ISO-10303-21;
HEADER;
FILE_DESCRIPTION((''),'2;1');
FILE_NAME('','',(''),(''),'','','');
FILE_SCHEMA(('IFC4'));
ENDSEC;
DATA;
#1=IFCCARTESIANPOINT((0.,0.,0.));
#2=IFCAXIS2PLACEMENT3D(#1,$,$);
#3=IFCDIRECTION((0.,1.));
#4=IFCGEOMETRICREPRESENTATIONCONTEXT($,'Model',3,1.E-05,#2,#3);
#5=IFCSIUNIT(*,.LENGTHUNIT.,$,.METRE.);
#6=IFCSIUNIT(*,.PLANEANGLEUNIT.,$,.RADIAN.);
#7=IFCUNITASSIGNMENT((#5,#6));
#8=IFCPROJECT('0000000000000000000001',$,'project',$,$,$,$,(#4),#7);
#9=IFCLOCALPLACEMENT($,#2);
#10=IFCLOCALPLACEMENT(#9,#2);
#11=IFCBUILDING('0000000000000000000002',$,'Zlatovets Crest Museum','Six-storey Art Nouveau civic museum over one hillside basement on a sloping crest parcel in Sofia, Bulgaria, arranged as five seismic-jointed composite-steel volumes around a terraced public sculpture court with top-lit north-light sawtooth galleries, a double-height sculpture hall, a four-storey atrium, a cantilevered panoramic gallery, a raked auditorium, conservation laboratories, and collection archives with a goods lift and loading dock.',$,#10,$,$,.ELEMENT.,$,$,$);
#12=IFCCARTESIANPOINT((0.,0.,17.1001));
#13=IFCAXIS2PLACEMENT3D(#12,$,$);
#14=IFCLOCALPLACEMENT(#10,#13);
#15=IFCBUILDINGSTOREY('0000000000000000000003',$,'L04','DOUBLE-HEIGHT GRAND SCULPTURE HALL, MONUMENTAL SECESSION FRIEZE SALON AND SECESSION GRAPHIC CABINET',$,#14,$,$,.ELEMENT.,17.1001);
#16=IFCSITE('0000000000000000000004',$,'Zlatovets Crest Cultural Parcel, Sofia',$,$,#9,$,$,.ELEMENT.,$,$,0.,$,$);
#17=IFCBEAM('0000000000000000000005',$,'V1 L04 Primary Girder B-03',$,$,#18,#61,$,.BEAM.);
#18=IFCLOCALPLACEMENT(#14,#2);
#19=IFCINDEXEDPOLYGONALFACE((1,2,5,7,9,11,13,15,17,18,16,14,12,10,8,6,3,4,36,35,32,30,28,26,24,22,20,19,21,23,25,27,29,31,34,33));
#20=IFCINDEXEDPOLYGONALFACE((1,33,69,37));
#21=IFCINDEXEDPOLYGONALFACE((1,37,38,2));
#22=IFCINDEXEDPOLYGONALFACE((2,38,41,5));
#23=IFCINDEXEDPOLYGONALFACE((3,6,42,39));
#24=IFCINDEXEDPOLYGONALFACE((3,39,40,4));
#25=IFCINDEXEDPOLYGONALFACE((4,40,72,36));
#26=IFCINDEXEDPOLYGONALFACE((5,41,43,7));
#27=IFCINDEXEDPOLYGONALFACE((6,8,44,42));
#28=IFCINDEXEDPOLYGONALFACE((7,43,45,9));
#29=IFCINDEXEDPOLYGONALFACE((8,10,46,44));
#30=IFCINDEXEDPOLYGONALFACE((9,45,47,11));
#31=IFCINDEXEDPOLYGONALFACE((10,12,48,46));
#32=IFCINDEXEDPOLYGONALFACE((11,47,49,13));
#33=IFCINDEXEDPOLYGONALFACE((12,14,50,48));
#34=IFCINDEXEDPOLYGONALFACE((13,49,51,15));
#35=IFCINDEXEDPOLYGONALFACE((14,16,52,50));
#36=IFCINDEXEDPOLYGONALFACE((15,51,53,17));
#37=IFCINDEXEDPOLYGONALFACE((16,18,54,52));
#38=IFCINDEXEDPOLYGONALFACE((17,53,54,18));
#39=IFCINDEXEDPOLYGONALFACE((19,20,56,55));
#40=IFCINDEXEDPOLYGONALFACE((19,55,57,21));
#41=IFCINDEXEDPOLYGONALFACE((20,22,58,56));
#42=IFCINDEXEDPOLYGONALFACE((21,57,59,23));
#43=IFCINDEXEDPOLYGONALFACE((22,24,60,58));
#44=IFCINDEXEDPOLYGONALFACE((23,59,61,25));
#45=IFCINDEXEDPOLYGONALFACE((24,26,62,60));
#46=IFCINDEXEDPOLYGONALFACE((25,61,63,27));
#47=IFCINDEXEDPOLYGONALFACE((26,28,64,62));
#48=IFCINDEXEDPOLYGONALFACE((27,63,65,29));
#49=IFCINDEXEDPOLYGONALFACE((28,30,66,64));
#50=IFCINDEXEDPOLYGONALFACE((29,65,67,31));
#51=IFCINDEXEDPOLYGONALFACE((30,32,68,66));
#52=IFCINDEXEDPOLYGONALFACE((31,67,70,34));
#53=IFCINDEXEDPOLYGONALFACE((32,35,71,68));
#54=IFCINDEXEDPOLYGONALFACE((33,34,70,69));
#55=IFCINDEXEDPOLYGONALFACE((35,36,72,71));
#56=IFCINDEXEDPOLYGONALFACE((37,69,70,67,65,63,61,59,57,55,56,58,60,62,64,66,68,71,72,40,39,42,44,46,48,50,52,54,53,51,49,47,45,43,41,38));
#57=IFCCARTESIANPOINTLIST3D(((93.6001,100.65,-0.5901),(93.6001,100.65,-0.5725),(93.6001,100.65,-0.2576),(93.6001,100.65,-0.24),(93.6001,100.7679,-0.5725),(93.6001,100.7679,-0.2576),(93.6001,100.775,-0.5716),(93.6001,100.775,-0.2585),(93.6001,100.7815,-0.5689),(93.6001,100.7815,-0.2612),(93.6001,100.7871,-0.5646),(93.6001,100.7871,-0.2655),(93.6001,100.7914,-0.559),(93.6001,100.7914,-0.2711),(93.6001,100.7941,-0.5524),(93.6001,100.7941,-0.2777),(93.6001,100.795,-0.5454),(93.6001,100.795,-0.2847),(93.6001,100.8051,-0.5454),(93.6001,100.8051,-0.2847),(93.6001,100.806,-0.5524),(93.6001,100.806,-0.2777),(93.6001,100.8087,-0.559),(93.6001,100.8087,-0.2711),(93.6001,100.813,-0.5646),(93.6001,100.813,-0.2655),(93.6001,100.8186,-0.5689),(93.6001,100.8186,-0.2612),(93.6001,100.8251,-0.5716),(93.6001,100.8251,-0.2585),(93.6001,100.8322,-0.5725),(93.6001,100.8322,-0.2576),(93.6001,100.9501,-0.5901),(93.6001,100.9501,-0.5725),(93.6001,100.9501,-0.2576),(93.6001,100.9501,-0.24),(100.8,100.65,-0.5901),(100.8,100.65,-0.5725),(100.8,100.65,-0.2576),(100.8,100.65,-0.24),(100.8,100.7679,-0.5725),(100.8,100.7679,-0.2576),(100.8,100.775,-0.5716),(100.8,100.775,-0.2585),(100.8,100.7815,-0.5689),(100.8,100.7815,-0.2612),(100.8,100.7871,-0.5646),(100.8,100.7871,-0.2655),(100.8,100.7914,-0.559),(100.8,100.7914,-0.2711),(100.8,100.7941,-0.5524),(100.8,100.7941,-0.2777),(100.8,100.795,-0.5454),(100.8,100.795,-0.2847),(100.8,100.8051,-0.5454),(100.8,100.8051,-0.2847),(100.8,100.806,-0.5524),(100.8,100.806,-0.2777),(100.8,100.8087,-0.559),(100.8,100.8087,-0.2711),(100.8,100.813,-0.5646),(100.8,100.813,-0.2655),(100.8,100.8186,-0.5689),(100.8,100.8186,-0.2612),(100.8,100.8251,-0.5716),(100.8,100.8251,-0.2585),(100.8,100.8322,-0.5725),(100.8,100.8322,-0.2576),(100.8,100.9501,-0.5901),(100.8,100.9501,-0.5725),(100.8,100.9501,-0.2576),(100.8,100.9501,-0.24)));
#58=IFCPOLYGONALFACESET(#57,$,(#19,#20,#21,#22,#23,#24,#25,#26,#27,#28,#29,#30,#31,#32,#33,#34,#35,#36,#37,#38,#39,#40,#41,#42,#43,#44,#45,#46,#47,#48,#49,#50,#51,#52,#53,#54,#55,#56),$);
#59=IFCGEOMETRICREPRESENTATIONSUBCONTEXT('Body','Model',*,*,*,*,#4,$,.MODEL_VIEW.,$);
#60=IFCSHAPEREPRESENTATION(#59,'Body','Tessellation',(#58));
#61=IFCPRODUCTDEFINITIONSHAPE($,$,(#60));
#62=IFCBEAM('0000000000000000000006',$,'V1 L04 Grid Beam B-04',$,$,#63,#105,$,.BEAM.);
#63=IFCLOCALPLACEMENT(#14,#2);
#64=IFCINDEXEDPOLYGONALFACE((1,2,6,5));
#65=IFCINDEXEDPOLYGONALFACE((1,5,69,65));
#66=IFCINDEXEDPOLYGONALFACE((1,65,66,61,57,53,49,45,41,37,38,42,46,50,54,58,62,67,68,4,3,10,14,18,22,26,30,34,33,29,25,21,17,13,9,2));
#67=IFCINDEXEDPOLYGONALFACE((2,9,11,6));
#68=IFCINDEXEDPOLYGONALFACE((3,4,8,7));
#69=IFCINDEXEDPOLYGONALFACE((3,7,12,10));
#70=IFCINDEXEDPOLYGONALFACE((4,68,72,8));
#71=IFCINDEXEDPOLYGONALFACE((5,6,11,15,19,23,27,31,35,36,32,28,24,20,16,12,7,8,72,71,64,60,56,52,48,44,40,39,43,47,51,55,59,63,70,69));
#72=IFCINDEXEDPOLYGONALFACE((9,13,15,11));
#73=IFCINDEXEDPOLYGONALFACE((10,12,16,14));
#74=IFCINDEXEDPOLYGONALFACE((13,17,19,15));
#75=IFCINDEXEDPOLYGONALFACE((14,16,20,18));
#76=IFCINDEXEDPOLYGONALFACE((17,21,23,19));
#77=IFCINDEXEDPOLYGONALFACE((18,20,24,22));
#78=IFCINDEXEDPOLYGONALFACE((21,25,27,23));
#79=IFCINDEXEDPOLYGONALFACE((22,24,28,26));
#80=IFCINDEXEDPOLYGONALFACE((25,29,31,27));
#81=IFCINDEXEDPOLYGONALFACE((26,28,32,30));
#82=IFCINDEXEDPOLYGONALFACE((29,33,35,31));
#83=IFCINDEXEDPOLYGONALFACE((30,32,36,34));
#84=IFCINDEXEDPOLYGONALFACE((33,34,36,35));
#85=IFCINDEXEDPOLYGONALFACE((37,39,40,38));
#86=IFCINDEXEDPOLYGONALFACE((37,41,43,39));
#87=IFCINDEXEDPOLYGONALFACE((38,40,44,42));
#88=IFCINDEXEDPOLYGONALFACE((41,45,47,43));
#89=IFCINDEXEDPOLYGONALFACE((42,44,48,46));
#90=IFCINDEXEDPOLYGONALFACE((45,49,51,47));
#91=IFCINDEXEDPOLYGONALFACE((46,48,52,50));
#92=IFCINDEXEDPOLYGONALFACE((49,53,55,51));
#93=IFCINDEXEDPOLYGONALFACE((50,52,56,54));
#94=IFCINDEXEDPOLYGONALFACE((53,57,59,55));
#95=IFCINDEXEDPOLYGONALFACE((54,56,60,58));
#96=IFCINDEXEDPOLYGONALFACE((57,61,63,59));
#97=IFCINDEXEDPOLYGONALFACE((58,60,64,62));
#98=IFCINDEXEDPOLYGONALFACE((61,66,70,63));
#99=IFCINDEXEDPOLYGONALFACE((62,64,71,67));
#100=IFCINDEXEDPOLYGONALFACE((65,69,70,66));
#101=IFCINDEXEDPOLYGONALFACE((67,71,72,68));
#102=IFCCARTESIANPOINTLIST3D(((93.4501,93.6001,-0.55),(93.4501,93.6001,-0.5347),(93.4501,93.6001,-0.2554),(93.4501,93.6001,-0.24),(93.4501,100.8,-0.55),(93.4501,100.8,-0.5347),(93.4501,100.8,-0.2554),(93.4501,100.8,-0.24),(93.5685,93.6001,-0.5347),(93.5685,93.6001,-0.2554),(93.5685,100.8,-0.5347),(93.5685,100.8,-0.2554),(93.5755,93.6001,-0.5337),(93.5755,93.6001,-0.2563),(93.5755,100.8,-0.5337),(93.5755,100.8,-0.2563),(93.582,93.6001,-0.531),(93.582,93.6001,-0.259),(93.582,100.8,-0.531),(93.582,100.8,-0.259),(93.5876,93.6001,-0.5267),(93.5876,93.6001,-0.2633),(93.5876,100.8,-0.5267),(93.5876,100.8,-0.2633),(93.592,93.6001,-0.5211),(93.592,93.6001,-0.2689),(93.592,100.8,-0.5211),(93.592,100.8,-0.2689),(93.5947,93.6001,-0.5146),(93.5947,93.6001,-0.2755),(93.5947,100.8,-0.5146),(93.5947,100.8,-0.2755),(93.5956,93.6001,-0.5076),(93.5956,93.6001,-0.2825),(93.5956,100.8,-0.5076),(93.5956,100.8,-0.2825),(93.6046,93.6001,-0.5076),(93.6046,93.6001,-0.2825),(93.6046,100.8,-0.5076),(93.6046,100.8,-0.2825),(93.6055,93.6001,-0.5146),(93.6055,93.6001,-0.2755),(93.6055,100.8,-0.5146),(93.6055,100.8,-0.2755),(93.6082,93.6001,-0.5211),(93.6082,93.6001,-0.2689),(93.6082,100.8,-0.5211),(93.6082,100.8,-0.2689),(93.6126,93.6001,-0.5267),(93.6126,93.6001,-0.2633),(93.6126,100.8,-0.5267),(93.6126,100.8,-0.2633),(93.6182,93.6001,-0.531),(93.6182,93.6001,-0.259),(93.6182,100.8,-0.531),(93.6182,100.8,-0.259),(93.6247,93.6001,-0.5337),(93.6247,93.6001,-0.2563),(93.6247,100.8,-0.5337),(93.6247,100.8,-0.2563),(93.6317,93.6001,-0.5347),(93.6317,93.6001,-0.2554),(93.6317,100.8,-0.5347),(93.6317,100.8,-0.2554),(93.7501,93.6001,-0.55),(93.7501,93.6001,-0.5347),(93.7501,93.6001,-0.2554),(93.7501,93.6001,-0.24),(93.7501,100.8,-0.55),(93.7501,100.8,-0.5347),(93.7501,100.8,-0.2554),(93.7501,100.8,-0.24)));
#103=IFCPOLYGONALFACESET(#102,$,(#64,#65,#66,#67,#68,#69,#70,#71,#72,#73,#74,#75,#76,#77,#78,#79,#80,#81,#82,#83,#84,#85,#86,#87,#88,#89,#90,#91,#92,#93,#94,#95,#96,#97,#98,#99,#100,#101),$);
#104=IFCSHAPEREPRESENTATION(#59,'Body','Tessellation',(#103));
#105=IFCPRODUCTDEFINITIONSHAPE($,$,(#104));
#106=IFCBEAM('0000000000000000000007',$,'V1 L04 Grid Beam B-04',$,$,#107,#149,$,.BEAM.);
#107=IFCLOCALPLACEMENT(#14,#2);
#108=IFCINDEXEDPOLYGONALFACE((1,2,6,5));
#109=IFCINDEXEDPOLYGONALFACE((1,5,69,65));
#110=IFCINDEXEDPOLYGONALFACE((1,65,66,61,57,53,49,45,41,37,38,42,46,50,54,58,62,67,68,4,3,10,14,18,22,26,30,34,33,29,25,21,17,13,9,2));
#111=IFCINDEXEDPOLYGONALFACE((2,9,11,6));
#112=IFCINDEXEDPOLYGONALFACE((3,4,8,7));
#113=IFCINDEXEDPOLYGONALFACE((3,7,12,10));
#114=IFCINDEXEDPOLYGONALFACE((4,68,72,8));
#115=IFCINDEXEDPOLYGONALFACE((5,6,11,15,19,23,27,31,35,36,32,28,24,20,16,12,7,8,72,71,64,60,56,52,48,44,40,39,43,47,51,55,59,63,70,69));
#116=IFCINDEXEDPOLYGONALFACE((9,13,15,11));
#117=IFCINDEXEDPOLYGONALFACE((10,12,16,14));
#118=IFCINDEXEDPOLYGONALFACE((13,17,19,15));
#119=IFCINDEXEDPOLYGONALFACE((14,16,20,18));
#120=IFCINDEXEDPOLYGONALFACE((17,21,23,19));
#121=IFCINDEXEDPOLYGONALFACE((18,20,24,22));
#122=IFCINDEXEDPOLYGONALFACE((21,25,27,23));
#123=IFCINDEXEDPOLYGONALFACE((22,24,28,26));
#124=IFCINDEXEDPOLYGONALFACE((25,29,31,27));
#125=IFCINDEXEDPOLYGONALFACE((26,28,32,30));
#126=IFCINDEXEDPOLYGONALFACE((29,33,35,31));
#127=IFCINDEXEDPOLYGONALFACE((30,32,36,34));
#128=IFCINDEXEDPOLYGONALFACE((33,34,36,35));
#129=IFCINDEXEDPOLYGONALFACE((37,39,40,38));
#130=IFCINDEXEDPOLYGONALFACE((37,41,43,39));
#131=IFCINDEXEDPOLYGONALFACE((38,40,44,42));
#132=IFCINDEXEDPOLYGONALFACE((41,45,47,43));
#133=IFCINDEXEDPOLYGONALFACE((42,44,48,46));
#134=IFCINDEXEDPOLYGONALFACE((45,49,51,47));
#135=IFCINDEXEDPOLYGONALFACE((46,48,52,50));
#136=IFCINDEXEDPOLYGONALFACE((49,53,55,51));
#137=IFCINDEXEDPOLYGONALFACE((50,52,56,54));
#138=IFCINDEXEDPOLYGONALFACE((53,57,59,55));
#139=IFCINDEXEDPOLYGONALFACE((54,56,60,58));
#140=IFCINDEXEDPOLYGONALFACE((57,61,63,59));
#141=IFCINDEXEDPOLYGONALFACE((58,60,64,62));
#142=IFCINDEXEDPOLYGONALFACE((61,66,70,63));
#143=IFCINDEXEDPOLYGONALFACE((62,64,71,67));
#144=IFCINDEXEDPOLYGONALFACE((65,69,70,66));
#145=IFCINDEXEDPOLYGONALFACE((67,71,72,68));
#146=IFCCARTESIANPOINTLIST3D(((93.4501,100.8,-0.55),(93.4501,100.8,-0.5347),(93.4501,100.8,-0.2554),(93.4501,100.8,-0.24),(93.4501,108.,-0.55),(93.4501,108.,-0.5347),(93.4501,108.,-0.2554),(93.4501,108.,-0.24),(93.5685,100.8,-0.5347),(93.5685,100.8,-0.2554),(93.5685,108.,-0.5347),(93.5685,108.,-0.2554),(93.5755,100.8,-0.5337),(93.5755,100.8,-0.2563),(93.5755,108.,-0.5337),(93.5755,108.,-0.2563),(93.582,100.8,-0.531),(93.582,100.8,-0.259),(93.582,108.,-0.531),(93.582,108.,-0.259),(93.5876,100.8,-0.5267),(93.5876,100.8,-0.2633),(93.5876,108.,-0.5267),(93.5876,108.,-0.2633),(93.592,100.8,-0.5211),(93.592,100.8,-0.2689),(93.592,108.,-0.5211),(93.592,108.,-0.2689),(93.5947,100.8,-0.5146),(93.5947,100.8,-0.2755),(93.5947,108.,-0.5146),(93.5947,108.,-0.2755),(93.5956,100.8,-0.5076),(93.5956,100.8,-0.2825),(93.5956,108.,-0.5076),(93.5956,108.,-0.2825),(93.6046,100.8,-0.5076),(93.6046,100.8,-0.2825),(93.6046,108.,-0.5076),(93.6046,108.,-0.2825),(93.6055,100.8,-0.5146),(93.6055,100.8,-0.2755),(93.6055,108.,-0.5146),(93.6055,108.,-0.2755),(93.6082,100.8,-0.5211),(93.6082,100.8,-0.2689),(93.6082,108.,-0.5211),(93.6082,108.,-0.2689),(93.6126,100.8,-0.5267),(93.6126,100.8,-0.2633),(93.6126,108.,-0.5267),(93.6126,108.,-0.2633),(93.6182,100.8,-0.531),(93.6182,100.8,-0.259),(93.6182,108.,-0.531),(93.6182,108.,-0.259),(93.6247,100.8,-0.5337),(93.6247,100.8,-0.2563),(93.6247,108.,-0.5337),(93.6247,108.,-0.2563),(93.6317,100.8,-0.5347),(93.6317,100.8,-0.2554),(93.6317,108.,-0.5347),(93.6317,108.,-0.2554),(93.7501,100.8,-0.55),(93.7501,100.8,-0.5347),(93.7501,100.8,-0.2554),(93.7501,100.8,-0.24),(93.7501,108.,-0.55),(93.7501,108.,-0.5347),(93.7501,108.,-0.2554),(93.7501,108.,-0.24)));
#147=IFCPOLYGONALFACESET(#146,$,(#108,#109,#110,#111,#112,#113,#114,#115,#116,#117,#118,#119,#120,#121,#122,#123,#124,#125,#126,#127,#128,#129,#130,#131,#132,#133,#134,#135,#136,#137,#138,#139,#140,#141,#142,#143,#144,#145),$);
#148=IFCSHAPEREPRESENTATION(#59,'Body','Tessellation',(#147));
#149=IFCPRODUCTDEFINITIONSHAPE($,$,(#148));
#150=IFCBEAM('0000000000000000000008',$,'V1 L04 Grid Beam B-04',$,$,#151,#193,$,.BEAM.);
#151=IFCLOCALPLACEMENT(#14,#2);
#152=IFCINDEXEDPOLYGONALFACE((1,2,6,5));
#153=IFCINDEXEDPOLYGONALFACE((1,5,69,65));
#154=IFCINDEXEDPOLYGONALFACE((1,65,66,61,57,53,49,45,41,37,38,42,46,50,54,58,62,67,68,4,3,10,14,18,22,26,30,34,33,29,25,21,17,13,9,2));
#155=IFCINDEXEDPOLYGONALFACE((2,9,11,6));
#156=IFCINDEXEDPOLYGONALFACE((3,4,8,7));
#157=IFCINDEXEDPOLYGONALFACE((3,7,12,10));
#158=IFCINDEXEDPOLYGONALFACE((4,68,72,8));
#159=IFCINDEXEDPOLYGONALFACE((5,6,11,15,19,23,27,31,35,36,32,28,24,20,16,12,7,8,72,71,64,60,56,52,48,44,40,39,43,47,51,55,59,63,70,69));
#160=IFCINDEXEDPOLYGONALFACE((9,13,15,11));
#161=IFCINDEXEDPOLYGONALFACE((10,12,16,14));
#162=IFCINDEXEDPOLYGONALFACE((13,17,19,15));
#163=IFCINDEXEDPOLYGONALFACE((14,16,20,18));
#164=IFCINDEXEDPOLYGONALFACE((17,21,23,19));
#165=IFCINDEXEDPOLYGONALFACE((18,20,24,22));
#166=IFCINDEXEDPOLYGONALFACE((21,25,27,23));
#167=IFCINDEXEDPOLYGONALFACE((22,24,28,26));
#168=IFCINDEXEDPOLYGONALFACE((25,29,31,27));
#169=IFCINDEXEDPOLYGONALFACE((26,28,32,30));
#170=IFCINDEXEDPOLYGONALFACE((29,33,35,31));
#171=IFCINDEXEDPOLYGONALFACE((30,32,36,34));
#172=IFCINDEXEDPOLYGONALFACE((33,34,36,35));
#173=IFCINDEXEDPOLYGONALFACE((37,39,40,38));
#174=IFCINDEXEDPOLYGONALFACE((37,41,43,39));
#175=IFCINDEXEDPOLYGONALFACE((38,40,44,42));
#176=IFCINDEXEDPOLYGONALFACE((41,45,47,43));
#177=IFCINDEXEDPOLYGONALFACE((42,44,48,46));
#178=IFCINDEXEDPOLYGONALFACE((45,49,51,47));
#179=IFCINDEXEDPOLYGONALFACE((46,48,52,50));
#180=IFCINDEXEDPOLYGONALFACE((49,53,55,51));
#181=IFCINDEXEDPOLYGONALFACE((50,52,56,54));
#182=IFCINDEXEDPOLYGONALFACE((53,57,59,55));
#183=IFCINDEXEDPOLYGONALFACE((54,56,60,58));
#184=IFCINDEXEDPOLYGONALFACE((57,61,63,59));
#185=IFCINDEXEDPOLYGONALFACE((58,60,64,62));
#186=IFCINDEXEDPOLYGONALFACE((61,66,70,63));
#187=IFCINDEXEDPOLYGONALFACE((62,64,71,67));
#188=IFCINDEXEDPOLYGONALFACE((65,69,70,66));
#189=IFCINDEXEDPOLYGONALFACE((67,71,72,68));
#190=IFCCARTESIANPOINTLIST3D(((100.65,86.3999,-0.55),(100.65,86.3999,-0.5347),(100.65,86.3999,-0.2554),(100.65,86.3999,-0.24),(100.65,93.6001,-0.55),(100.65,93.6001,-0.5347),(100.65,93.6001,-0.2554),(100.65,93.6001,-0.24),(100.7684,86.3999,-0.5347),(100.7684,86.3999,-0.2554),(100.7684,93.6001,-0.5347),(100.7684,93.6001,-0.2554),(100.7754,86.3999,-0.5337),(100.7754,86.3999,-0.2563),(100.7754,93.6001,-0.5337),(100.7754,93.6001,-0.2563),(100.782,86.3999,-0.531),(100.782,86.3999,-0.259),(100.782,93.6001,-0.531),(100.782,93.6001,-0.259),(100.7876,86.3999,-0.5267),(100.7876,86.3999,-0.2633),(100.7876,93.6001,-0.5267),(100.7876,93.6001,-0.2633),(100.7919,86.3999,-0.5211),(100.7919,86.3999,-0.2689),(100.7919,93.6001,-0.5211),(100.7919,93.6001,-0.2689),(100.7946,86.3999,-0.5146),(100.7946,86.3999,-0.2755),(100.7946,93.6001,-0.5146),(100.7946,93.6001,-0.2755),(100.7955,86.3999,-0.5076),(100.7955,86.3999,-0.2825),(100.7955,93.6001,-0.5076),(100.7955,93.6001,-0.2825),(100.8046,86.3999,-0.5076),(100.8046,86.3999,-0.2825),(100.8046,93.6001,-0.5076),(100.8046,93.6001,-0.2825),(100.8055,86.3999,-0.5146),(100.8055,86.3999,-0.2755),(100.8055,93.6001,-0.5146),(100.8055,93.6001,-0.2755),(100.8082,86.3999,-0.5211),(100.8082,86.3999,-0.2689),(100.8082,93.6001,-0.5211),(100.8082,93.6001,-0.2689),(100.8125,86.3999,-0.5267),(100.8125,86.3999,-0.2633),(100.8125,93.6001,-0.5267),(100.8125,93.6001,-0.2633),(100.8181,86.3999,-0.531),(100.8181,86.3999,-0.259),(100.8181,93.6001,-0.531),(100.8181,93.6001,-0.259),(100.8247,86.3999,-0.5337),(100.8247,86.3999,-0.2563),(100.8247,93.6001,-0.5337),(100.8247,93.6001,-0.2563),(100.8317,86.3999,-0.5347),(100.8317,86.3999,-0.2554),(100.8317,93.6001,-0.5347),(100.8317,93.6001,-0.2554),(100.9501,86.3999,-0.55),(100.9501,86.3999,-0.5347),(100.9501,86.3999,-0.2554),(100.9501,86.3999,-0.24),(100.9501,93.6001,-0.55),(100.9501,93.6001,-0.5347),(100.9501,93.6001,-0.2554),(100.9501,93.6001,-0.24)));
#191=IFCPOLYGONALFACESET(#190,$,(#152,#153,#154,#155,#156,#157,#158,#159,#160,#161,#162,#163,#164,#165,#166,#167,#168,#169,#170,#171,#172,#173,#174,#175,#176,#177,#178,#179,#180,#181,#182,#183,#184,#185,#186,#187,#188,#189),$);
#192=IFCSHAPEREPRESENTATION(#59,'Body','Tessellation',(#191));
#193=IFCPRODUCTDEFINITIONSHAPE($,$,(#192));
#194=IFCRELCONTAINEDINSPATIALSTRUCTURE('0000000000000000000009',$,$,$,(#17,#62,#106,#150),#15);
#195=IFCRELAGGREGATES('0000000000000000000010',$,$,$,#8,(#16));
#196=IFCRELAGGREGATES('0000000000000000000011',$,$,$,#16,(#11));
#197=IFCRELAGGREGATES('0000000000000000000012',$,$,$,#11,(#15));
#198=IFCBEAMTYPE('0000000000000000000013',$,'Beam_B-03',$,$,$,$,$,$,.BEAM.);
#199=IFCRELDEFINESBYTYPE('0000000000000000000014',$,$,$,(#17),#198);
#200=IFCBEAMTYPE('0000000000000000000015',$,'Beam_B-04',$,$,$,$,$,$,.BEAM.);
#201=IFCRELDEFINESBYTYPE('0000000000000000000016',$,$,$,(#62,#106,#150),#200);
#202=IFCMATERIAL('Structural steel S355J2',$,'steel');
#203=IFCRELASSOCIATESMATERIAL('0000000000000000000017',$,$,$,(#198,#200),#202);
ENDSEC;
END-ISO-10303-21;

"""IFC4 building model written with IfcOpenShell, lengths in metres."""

from ifc_helpers import new_model, si_unit, direction, frame, origin, origin_2d, place, context, subcontext, project, spatial, i_section, extrude, material, material_profile, profile_set, type_object, element, save


model = new_model("IFC4")

# Units and contexts
model_context = context("Model", 3, precision=1e-05, world=origin(), true_north=direction((0.0, 1.0)))
body_context = subcontext(model_context, "Body", "Model", "MODEL_VIEW")
ifc_project = project(units=[si_unit("LENGTHUNIT", "METRE"), si_unit("PLANEANGLEUNIT", "RADIAN")], contexts=[model_context])

# Site, building, storey
site_placement = place(None, origin())
site = spatial("IfcSite", under=ifc_project, at=site_placement, Name="Zlatovets Crest Cultural Parcel, Sofia", CompositionType="ELEMENT", RefElevation=0.0)
building_placement = place(site_placement, origin())
building = spatial("IfcBuilding", under=site, at=building_placement, Name="Zlatovets Crest Museum", Description="Six-storey Art Nouveau civic museum over one hillside basement on a sloping crest parcel in Sofia, Bulgaria, arranged as five seismic-jointed composite-steel volumes around a terraced public sculpture court with top-lit north-light sawtooth galleries, a double-height sculpture hall, a four-storey atrium, a cantilevered panoramic gallery, a raked auditorium, conservation laboratories, and collection archives with a goods lift and loading dock.", CompositionType="ELEMENT")
storey_placement = place(building_placement, frame((0.0, 0.0, 17.1001)))
storey = spatial("IfcBuildingStorey", under=building, at=storey_placement, Name="L04", Description="DOUBLE-HEIGHT GRAND SCULPTURE HALL, MONUMENTAL SECESSION FRIEZE SALON AND SECESSION GRAPHIC CABINET", CompositionType="ELEMENT", Elevation=17.1001)

# Shared definitions
ifc_material_1 = material(Name="Structural steel S355J2", Category="steel")

# Beams
ifc_material_profile_1 = material_profile(ifc_material_1, i_section(OverallWidth=0.3, OverallDepth=0.3501, WebThickness=0.01, FlangeThickness=0.0176, FilletRadius=0.0271, at=origin_2d()), Name="HEA 360")
ifc_profile_set_1 = profile_set([ifc_material_profile_1], Name="Structural steel S355J2")
beam_type_1 = type_object("IfcBeamType", Name="Beam_B-03", PredefinedType="BEAM", material=ifc_profile_set_1)
for number, where, z_axis, x_axis, name in (
    (1, (93.6001, 100.8, -0.415), (1.0, 0.0, 0.0), (0.0, 1.0, 0.0), "V1 L04 Primary Girder B-03"),
):
    element("IfcBeam", number, at=place(storey_placement, frame(where, z_axis=z_axis, x_axis=x_axis)), inside=storey, type_object=beam_type_1, Name=name, PredefinedType="BEAM", context=body_context, shape_type="SweptSolid", body=[
        extrude(i_section(OverallWidth=0.3, OverallDepth=0.3501, WebThickness=0.01, FlangeThickness=0.0176, FilletRadius=0.0271, at=origin_2d()), origin(), (0.0, 0.0, 1.0), 7.2),
    ])
ifc_material_profile_2 = material_profile(ifc_material_1, i_section(OverallWidth=0.3, OverallDepth=0.3101, WebThickness=0.009, FlangeThickness=0.0154, FilletRadius=0.0271, at=origin_2d()), Name="HEA 320")
ifc_profile_set_2 = profile_set([ifc_material_profile_2], Name="Structural steel S355J2")
beam_type_2 = type_object("IfcBeamType", Name="Beam_B-04", PredefinedType="BEAM", material=ifc_profile_set_2)
for number, where, z_axis, x_axis, name in (
    (2, (93.6001, 93.6001, -0.395), (0.0, 1.0, 0.0), (-1.0, 0.0, 0.0), "V1 L04 Grid Beam B-04"),
    (3, (93.6001, 100.8, -0.395), (0.0, 1.0, 0.0), (-1.0, 0.0, 0.0), "V1 L04 Grid Beam B-04"),
):
    element("IfcBeam", number, at=place(storey_placement, frame(where, z_axis=z_axis, x_axis=x_axis)), inside=storey, type_object=beam_type_2, Name=name, PredefinedType="BEAM", context=body_context, shape_type="SweptSolid", body=[
        extrude(i_section(OverallWidth=0.3, OverallDepth=0.3101, WebThickness=0.009, FlangeThickness=0.0154, FilletRadius=0.0271, at=origin_2d()), origin(), (0.0, 0.0, 1.0), 7.2),
    ])
beam_placement = place(storey_placement, frame((100.8, 86.3999, -0.395), z_axis=(0.0, 1.0, 0.0), x_axis=(-1.0, 0.0, 0.0)))
element("IfcBeam", 4, at=beam_placement, inside=storey, type_object=beam_type_2, Name="V1 L04 Grid Beam B-04", PredefinedType="BEAM", context=body_context, shape_type="SweptSolid", body=[
    extrude(i_section(OverallWidth=0.3, OverallDepth=0.3101, WebThickness=0.009, FlangeThickness=0.0154, FilletRadius=0.0271, at=origin_2d()), origin(), (0.0, 0.0, 1.0), 7.2002),
])

save(model, "model.ifc")
